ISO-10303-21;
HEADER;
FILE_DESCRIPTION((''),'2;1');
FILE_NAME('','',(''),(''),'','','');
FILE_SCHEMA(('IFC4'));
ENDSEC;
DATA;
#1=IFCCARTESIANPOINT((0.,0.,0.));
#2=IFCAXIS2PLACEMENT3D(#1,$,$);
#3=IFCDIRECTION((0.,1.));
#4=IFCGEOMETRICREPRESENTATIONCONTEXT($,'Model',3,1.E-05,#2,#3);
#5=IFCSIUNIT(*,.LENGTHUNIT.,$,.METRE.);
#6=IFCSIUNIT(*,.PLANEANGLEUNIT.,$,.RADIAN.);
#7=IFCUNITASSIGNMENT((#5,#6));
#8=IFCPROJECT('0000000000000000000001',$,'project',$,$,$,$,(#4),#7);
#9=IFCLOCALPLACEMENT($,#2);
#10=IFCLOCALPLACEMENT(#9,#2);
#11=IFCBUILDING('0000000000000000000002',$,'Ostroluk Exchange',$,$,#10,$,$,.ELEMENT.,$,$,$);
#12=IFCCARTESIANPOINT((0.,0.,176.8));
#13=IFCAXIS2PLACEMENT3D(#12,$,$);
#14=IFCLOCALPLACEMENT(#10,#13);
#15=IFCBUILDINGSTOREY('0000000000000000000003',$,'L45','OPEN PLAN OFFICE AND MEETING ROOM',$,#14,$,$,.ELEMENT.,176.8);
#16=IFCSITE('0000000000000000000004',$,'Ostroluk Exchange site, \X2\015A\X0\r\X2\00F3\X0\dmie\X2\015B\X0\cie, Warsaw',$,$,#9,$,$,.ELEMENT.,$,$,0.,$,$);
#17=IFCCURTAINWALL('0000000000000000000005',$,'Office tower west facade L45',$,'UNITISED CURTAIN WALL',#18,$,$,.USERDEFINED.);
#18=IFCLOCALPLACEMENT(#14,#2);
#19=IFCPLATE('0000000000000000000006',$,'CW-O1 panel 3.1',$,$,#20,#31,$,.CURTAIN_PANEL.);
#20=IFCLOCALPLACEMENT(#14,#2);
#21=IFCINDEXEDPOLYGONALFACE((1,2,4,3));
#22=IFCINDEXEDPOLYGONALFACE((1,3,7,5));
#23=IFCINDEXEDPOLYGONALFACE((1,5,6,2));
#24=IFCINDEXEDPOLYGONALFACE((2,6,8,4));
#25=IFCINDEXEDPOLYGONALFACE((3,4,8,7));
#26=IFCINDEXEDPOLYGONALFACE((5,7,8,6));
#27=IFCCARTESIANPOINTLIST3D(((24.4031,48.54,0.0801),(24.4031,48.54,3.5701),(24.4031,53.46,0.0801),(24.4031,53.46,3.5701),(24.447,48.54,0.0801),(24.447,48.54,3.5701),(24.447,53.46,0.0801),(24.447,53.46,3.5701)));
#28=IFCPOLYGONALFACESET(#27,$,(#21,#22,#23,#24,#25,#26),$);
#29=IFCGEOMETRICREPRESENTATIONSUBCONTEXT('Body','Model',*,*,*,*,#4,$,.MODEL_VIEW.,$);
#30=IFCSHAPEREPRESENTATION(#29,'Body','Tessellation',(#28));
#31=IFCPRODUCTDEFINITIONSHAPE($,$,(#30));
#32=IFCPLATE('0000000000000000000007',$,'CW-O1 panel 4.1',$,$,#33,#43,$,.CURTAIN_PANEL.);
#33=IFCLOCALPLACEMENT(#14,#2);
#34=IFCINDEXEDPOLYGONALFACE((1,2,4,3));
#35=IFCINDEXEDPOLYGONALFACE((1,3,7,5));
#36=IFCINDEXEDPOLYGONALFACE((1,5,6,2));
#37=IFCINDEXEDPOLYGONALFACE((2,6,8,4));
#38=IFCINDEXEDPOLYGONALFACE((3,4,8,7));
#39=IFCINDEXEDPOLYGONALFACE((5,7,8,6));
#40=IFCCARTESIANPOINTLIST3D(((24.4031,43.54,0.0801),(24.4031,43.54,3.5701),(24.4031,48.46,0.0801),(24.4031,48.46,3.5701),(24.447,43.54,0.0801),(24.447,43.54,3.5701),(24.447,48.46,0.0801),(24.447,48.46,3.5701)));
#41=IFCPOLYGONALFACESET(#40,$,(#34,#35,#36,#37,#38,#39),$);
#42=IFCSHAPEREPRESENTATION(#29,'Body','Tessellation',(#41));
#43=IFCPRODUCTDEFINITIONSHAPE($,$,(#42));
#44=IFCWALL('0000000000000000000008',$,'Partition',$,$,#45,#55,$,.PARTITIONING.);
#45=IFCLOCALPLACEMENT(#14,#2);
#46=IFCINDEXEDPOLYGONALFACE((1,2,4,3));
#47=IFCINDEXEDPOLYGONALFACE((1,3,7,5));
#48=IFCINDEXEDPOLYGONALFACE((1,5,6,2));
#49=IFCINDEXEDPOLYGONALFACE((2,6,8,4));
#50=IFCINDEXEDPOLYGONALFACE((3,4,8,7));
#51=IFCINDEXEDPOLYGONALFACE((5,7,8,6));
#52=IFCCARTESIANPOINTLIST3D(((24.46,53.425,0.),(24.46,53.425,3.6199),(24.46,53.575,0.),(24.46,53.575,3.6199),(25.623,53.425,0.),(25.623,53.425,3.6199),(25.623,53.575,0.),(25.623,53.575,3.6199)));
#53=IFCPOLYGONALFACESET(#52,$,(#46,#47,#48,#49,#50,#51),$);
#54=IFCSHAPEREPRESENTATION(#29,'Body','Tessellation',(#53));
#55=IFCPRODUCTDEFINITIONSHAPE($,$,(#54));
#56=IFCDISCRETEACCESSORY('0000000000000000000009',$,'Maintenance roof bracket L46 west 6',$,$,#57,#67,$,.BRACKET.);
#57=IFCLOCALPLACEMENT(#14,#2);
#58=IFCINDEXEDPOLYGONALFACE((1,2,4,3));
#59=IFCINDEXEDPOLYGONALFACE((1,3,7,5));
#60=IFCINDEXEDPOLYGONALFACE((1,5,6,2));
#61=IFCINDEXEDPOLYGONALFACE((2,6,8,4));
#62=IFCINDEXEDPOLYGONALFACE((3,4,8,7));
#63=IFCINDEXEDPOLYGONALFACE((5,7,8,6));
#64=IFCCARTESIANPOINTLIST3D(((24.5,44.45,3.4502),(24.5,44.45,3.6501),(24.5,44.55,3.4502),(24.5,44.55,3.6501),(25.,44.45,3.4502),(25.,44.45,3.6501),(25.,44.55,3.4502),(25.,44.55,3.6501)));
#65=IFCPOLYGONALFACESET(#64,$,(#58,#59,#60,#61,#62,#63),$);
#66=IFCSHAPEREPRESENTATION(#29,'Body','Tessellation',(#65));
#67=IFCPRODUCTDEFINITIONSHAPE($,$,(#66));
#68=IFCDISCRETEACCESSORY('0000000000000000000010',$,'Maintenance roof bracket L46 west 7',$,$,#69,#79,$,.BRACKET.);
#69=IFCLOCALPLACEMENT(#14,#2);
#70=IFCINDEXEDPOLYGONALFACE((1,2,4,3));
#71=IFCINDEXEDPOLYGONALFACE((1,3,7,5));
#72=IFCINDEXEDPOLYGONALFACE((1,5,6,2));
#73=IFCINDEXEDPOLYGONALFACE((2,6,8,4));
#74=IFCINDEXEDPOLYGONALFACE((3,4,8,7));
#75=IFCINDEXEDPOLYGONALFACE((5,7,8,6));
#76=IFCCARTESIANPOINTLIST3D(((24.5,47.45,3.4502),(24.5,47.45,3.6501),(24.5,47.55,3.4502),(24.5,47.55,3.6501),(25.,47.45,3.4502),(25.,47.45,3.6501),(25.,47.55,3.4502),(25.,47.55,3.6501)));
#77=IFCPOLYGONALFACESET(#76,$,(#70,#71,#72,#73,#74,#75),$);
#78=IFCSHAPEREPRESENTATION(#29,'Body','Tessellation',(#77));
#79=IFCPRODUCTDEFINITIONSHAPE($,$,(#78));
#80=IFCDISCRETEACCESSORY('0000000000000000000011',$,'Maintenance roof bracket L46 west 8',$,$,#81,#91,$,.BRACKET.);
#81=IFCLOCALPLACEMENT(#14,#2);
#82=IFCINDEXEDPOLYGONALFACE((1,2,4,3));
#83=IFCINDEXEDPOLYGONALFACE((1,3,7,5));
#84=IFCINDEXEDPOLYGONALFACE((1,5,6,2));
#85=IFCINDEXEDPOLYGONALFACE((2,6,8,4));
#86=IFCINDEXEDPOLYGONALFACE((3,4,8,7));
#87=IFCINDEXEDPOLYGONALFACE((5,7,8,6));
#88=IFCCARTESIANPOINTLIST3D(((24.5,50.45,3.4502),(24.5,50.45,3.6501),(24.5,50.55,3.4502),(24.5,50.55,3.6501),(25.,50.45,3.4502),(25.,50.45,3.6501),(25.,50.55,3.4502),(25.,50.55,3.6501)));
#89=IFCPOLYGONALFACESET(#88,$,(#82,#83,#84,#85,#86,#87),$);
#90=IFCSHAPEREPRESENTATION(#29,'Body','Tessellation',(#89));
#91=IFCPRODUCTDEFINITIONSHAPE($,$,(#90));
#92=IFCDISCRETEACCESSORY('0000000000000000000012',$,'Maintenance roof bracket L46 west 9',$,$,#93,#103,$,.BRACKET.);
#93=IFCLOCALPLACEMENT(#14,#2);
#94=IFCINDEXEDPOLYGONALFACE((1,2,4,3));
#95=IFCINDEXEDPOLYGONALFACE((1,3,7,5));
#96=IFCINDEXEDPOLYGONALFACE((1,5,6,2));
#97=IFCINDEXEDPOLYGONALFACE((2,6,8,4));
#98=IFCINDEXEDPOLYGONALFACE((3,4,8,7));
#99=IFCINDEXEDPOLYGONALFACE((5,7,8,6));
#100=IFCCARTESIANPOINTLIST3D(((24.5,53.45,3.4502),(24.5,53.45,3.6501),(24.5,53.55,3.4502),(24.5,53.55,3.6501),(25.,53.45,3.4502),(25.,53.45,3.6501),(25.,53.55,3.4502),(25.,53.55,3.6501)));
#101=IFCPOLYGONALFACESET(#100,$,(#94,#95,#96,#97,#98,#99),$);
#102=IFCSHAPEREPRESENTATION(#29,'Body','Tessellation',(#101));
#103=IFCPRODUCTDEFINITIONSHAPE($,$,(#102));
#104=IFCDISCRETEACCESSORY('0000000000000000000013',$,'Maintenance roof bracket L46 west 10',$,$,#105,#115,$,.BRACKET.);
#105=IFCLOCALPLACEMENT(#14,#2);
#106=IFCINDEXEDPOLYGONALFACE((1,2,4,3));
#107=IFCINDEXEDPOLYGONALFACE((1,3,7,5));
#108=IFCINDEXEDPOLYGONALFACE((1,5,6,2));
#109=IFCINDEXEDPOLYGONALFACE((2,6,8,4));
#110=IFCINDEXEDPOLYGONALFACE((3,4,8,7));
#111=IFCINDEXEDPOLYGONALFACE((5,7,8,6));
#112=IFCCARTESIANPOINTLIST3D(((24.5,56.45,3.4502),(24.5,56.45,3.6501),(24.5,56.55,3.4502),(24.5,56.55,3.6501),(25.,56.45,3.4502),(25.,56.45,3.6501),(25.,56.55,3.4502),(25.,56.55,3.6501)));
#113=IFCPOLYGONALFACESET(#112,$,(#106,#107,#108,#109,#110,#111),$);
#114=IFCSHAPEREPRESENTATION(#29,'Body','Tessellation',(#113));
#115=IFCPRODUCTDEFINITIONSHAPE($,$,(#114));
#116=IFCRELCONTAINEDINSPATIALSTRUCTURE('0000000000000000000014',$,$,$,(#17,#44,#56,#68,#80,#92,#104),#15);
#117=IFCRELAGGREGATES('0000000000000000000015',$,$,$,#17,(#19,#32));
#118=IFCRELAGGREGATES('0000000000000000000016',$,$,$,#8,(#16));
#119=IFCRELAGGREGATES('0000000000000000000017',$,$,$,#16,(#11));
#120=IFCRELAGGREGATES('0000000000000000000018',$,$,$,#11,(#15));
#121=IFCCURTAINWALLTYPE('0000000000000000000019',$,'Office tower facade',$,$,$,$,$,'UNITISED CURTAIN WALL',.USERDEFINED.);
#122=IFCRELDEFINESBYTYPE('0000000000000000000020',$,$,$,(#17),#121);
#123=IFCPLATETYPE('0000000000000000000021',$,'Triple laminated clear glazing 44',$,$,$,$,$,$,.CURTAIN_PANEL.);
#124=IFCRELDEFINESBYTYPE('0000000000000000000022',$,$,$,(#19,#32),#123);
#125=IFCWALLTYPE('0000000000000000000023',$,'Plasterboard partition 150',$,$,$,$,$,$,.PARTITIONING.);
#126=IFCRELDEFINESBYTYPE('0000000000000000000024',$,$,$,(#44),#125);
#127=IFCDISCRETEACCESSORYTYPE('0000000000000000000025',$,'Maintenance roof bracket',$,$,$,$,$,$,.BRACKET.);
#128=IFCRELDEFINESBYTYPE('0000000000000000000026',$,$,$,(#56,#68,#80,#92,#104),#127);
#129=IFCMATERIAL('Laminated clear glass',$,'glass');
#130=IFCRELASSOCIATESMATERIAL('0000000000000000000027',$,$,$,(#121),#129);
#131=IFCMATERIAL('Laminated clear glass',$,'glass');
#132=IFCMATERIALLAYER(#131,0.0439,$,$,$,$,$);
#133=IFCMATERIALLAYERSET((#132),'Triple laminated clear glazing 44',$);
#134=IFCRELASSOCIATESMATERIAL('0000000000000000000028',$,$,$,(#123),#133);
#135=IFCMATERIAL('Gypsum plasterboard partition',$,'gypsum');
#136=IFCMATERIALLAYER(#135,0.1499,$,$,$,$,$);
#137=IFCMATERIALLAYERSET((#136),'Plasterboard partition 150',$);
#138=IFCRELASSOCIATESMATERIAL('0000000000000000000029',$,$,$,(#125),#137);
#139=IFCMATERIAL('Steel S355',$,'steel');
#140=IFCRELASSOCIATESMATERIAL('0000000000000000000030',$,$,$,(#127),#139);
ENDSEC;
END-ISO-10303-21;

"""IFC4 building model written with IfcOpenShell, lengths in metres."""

from ifc_helpers import new_model, si_unit, direction, frame, frame_2d, origin, origin_2d, place, context, subcontext, project, spatial, rectangle, extrude, material, layer, layer_set, type_object, element, aggregate, save


model = new_model("IFC4")

# Units and contexts
model_context = context("Model", 3, precision=1e-05, world=origin(), true_north=direction((0.0, 1.0)))
body_context = subcontext(model_context, "Body", "Model", "MODEL_VIEW")
ifc_project = project(units=[si_unit("LENGTHUNIT", "METRE"), si_unit("PLANEANGLEUNIT", "RADIAN")], contexts=[model_context])

# Site, building, storey
site_placement = place(None, origin())
site = spatial("IfcSite", under=ifc_project, at=site_placement, Name="Ostroluk Exchange site, Śródmieście, Warsaw", CompositionType="ELEMENT", RefElevation=0.0)
building_placement = place(site_placement, origin())
building = spatial("IfcBuilding", under=site, at=building_placement, Name="Ostroluk Exchange", CompositionType="ELEMENT")
storey_placement = place(building_placement, frame((0.0, 0.0, 176.8)))
storey = spatial("IfcBuildingStorey", under=building, at=storey_placement, Name="L45", Description="OPEN PLAN OFFICE AND MEETING ROOM", CompositionType="ELEMENT", Elevation=176.8)

# Curtain wall, plates
ifc_material_1 = material(Name="Laminated clear glass", Category="glass")
curtain_wall_type = type_object("IfcCurtainWallType", Name="Office tower facade", ElementType="UNITISED CURTAIN WALL", PredefinedType="USERDEFINED", material=ifc_material_1)
curtain_wall_placement = place(storey_placement, origin())
curtain_wall = element("IfcCurtainWall", 1, at=curtain_wall_placement, inside=storey, type_object=curtain_wall_type, Name="Office tower west facade L45", ObjectType="UNITISED CURTAIN WALL", PredefinedType="USERDEFINED")
ifc_material_2 = material(Name="Laminated clear glass", Category="glass")
ifc_layer_1 = layer(ifc_material_2, 0.0439)
ifc_layer_set_1 = layer_set([ifc_layer_1], Name="Triple laminated clear glazing 44")
plate_type = type_object("IfcPlateType", Name="Triple laminated clear glazing 44", PredefinedType="CURTAIN_PANEL", material=ifc_layer_set_1)
plate_1_placement = place(storey_placement, frame((24.425, 51.0, 0.0801), z_axis=(0.0, 0.0, 1.0), x_axis=(0.0, -1.0, 0.0)))
plate_1 = element("IfcPlate", 2, at=plate_1_placement, type_object=plate_type, Name="CW-O1 panel 3.1", PredefinedType="CURTAIN_PANEL", context=body_context, shape_type="SweptSolid", body=[
    extrude(rectangle(XDim=4.9199, YDim=0.0439, at=origin_2d()), origin(), (0.0, 0.0, 1.0), 3.49),
])
plate_2_placement = place(storey_placement, frame((24.425, 46.0, 0.0801), z_axis=(0.0, 0.0, 1.0), x_axis=(0.0, -1.0, 0.0)))
plate_2 = element("IfcPlate", 3, at=plate_2_placement, type_object=plate_type, Name="CW-O1 panel 4.1", PredefinedType="CURTAIN_PANEL", context=body_context, shape_type="SweptSolid", body=[
    extrude(rectangle(XDim=4.9199, YDim=0.0439, at=origin_2d()), origin(), (0.0, 0.0, 1.0), 3.49),
])
aggregate(curtain_wall, [plate_1, plate_2])

# Wall
ifc_material_3 = material(Name="Gypsum plasterboard partition", Category="gypsum")
ifc_layer_2 = layer(ifc_material_3, 0.1499)
ifc_layer_set_2 = layer_set([ifc_layer_2], Name="Plasterboard partition 150")
wall_type = type_object("IfcWallType", Name="Plasterboard partition 150", PredefinedType="PARTITIONING", material=ifc_layer_set_2)
wall_placement = place(storey_placement, frame((25.623, 53.5, 0.0), z_axis=(0.0, 0.0, 1.0), x_axis=(-1.0, 0.0, 0.0)))
element("IfcWall", 4, at=wall_placement, inside=storey, type_object=wall_type, Name="Partition", PredefinedType="PARTITIONING", context=body_context, shape_type="SweptSolid", body=[
    extrude(rectangle(XDim=1.1631, YDim=0.1499, at=frame_2d((0.5815, 0.0))), origin(), (0.0, 0.0, 1.0), 3.6199),
])

# Discrete accessories
ifc_material_4 = material(Name="Steel S355", Category="steel")
discrete_accessory_type = type_object("IfcDiscreteAccessoryType", Name="Maintenance roof bracket", PredefinedType="BRACKET", material=ifc_material_4)
for number, where, z_axis, x_axis, name in (
    (5, (24.75, 44.5, 3.4502), (0.0, 0.0, 1.0), (1.0, 0.0, 0.0), "Maintenance roof bracket L46 west 6"),
    (6, (24.75, 47.5, 3.4502), (0.0, 0.0, 1.0), (1.0, 0.0, 0.0), "Maintenance roof bracket L46 west 7"),
    (7, (24.75, 50.5, 3.4502), (0.0, 0.0, 1.0), (1.0, 0.0, 0.0), "Maintenance roof bracket L46 west 8"),
    (8, (24.75, 53.5, 3.4502), (0.0, 0.0, 1.0), (1.0, 0.0, 0.0), "Maintenance roof bracket L46 west 9"),
    (9, (24.75, 56.5, 3.4502), (0.0, 0.0, 1.0), (1.0, 0.0, 0.0), "Maintenance roof bracket L46 west 10"),
):
    element("IfcDiscreteAccessory", number, at=place(storey_placement, frame(where, z_axis=z_axis, x_axis=x_axis)), inside=storey, type_object=discrete_accessory_type, Name=name, PredefinedType="BRACKET", context=body_context, shape_type="SweptSolid", body=[
        extrude(rectangle(XDim=0.5, YDim=0.1001, at=origin_2d()), origin(), (0.0, 0.0, 1.0), 0.2),
    ])

save(model, "model.ifc")
